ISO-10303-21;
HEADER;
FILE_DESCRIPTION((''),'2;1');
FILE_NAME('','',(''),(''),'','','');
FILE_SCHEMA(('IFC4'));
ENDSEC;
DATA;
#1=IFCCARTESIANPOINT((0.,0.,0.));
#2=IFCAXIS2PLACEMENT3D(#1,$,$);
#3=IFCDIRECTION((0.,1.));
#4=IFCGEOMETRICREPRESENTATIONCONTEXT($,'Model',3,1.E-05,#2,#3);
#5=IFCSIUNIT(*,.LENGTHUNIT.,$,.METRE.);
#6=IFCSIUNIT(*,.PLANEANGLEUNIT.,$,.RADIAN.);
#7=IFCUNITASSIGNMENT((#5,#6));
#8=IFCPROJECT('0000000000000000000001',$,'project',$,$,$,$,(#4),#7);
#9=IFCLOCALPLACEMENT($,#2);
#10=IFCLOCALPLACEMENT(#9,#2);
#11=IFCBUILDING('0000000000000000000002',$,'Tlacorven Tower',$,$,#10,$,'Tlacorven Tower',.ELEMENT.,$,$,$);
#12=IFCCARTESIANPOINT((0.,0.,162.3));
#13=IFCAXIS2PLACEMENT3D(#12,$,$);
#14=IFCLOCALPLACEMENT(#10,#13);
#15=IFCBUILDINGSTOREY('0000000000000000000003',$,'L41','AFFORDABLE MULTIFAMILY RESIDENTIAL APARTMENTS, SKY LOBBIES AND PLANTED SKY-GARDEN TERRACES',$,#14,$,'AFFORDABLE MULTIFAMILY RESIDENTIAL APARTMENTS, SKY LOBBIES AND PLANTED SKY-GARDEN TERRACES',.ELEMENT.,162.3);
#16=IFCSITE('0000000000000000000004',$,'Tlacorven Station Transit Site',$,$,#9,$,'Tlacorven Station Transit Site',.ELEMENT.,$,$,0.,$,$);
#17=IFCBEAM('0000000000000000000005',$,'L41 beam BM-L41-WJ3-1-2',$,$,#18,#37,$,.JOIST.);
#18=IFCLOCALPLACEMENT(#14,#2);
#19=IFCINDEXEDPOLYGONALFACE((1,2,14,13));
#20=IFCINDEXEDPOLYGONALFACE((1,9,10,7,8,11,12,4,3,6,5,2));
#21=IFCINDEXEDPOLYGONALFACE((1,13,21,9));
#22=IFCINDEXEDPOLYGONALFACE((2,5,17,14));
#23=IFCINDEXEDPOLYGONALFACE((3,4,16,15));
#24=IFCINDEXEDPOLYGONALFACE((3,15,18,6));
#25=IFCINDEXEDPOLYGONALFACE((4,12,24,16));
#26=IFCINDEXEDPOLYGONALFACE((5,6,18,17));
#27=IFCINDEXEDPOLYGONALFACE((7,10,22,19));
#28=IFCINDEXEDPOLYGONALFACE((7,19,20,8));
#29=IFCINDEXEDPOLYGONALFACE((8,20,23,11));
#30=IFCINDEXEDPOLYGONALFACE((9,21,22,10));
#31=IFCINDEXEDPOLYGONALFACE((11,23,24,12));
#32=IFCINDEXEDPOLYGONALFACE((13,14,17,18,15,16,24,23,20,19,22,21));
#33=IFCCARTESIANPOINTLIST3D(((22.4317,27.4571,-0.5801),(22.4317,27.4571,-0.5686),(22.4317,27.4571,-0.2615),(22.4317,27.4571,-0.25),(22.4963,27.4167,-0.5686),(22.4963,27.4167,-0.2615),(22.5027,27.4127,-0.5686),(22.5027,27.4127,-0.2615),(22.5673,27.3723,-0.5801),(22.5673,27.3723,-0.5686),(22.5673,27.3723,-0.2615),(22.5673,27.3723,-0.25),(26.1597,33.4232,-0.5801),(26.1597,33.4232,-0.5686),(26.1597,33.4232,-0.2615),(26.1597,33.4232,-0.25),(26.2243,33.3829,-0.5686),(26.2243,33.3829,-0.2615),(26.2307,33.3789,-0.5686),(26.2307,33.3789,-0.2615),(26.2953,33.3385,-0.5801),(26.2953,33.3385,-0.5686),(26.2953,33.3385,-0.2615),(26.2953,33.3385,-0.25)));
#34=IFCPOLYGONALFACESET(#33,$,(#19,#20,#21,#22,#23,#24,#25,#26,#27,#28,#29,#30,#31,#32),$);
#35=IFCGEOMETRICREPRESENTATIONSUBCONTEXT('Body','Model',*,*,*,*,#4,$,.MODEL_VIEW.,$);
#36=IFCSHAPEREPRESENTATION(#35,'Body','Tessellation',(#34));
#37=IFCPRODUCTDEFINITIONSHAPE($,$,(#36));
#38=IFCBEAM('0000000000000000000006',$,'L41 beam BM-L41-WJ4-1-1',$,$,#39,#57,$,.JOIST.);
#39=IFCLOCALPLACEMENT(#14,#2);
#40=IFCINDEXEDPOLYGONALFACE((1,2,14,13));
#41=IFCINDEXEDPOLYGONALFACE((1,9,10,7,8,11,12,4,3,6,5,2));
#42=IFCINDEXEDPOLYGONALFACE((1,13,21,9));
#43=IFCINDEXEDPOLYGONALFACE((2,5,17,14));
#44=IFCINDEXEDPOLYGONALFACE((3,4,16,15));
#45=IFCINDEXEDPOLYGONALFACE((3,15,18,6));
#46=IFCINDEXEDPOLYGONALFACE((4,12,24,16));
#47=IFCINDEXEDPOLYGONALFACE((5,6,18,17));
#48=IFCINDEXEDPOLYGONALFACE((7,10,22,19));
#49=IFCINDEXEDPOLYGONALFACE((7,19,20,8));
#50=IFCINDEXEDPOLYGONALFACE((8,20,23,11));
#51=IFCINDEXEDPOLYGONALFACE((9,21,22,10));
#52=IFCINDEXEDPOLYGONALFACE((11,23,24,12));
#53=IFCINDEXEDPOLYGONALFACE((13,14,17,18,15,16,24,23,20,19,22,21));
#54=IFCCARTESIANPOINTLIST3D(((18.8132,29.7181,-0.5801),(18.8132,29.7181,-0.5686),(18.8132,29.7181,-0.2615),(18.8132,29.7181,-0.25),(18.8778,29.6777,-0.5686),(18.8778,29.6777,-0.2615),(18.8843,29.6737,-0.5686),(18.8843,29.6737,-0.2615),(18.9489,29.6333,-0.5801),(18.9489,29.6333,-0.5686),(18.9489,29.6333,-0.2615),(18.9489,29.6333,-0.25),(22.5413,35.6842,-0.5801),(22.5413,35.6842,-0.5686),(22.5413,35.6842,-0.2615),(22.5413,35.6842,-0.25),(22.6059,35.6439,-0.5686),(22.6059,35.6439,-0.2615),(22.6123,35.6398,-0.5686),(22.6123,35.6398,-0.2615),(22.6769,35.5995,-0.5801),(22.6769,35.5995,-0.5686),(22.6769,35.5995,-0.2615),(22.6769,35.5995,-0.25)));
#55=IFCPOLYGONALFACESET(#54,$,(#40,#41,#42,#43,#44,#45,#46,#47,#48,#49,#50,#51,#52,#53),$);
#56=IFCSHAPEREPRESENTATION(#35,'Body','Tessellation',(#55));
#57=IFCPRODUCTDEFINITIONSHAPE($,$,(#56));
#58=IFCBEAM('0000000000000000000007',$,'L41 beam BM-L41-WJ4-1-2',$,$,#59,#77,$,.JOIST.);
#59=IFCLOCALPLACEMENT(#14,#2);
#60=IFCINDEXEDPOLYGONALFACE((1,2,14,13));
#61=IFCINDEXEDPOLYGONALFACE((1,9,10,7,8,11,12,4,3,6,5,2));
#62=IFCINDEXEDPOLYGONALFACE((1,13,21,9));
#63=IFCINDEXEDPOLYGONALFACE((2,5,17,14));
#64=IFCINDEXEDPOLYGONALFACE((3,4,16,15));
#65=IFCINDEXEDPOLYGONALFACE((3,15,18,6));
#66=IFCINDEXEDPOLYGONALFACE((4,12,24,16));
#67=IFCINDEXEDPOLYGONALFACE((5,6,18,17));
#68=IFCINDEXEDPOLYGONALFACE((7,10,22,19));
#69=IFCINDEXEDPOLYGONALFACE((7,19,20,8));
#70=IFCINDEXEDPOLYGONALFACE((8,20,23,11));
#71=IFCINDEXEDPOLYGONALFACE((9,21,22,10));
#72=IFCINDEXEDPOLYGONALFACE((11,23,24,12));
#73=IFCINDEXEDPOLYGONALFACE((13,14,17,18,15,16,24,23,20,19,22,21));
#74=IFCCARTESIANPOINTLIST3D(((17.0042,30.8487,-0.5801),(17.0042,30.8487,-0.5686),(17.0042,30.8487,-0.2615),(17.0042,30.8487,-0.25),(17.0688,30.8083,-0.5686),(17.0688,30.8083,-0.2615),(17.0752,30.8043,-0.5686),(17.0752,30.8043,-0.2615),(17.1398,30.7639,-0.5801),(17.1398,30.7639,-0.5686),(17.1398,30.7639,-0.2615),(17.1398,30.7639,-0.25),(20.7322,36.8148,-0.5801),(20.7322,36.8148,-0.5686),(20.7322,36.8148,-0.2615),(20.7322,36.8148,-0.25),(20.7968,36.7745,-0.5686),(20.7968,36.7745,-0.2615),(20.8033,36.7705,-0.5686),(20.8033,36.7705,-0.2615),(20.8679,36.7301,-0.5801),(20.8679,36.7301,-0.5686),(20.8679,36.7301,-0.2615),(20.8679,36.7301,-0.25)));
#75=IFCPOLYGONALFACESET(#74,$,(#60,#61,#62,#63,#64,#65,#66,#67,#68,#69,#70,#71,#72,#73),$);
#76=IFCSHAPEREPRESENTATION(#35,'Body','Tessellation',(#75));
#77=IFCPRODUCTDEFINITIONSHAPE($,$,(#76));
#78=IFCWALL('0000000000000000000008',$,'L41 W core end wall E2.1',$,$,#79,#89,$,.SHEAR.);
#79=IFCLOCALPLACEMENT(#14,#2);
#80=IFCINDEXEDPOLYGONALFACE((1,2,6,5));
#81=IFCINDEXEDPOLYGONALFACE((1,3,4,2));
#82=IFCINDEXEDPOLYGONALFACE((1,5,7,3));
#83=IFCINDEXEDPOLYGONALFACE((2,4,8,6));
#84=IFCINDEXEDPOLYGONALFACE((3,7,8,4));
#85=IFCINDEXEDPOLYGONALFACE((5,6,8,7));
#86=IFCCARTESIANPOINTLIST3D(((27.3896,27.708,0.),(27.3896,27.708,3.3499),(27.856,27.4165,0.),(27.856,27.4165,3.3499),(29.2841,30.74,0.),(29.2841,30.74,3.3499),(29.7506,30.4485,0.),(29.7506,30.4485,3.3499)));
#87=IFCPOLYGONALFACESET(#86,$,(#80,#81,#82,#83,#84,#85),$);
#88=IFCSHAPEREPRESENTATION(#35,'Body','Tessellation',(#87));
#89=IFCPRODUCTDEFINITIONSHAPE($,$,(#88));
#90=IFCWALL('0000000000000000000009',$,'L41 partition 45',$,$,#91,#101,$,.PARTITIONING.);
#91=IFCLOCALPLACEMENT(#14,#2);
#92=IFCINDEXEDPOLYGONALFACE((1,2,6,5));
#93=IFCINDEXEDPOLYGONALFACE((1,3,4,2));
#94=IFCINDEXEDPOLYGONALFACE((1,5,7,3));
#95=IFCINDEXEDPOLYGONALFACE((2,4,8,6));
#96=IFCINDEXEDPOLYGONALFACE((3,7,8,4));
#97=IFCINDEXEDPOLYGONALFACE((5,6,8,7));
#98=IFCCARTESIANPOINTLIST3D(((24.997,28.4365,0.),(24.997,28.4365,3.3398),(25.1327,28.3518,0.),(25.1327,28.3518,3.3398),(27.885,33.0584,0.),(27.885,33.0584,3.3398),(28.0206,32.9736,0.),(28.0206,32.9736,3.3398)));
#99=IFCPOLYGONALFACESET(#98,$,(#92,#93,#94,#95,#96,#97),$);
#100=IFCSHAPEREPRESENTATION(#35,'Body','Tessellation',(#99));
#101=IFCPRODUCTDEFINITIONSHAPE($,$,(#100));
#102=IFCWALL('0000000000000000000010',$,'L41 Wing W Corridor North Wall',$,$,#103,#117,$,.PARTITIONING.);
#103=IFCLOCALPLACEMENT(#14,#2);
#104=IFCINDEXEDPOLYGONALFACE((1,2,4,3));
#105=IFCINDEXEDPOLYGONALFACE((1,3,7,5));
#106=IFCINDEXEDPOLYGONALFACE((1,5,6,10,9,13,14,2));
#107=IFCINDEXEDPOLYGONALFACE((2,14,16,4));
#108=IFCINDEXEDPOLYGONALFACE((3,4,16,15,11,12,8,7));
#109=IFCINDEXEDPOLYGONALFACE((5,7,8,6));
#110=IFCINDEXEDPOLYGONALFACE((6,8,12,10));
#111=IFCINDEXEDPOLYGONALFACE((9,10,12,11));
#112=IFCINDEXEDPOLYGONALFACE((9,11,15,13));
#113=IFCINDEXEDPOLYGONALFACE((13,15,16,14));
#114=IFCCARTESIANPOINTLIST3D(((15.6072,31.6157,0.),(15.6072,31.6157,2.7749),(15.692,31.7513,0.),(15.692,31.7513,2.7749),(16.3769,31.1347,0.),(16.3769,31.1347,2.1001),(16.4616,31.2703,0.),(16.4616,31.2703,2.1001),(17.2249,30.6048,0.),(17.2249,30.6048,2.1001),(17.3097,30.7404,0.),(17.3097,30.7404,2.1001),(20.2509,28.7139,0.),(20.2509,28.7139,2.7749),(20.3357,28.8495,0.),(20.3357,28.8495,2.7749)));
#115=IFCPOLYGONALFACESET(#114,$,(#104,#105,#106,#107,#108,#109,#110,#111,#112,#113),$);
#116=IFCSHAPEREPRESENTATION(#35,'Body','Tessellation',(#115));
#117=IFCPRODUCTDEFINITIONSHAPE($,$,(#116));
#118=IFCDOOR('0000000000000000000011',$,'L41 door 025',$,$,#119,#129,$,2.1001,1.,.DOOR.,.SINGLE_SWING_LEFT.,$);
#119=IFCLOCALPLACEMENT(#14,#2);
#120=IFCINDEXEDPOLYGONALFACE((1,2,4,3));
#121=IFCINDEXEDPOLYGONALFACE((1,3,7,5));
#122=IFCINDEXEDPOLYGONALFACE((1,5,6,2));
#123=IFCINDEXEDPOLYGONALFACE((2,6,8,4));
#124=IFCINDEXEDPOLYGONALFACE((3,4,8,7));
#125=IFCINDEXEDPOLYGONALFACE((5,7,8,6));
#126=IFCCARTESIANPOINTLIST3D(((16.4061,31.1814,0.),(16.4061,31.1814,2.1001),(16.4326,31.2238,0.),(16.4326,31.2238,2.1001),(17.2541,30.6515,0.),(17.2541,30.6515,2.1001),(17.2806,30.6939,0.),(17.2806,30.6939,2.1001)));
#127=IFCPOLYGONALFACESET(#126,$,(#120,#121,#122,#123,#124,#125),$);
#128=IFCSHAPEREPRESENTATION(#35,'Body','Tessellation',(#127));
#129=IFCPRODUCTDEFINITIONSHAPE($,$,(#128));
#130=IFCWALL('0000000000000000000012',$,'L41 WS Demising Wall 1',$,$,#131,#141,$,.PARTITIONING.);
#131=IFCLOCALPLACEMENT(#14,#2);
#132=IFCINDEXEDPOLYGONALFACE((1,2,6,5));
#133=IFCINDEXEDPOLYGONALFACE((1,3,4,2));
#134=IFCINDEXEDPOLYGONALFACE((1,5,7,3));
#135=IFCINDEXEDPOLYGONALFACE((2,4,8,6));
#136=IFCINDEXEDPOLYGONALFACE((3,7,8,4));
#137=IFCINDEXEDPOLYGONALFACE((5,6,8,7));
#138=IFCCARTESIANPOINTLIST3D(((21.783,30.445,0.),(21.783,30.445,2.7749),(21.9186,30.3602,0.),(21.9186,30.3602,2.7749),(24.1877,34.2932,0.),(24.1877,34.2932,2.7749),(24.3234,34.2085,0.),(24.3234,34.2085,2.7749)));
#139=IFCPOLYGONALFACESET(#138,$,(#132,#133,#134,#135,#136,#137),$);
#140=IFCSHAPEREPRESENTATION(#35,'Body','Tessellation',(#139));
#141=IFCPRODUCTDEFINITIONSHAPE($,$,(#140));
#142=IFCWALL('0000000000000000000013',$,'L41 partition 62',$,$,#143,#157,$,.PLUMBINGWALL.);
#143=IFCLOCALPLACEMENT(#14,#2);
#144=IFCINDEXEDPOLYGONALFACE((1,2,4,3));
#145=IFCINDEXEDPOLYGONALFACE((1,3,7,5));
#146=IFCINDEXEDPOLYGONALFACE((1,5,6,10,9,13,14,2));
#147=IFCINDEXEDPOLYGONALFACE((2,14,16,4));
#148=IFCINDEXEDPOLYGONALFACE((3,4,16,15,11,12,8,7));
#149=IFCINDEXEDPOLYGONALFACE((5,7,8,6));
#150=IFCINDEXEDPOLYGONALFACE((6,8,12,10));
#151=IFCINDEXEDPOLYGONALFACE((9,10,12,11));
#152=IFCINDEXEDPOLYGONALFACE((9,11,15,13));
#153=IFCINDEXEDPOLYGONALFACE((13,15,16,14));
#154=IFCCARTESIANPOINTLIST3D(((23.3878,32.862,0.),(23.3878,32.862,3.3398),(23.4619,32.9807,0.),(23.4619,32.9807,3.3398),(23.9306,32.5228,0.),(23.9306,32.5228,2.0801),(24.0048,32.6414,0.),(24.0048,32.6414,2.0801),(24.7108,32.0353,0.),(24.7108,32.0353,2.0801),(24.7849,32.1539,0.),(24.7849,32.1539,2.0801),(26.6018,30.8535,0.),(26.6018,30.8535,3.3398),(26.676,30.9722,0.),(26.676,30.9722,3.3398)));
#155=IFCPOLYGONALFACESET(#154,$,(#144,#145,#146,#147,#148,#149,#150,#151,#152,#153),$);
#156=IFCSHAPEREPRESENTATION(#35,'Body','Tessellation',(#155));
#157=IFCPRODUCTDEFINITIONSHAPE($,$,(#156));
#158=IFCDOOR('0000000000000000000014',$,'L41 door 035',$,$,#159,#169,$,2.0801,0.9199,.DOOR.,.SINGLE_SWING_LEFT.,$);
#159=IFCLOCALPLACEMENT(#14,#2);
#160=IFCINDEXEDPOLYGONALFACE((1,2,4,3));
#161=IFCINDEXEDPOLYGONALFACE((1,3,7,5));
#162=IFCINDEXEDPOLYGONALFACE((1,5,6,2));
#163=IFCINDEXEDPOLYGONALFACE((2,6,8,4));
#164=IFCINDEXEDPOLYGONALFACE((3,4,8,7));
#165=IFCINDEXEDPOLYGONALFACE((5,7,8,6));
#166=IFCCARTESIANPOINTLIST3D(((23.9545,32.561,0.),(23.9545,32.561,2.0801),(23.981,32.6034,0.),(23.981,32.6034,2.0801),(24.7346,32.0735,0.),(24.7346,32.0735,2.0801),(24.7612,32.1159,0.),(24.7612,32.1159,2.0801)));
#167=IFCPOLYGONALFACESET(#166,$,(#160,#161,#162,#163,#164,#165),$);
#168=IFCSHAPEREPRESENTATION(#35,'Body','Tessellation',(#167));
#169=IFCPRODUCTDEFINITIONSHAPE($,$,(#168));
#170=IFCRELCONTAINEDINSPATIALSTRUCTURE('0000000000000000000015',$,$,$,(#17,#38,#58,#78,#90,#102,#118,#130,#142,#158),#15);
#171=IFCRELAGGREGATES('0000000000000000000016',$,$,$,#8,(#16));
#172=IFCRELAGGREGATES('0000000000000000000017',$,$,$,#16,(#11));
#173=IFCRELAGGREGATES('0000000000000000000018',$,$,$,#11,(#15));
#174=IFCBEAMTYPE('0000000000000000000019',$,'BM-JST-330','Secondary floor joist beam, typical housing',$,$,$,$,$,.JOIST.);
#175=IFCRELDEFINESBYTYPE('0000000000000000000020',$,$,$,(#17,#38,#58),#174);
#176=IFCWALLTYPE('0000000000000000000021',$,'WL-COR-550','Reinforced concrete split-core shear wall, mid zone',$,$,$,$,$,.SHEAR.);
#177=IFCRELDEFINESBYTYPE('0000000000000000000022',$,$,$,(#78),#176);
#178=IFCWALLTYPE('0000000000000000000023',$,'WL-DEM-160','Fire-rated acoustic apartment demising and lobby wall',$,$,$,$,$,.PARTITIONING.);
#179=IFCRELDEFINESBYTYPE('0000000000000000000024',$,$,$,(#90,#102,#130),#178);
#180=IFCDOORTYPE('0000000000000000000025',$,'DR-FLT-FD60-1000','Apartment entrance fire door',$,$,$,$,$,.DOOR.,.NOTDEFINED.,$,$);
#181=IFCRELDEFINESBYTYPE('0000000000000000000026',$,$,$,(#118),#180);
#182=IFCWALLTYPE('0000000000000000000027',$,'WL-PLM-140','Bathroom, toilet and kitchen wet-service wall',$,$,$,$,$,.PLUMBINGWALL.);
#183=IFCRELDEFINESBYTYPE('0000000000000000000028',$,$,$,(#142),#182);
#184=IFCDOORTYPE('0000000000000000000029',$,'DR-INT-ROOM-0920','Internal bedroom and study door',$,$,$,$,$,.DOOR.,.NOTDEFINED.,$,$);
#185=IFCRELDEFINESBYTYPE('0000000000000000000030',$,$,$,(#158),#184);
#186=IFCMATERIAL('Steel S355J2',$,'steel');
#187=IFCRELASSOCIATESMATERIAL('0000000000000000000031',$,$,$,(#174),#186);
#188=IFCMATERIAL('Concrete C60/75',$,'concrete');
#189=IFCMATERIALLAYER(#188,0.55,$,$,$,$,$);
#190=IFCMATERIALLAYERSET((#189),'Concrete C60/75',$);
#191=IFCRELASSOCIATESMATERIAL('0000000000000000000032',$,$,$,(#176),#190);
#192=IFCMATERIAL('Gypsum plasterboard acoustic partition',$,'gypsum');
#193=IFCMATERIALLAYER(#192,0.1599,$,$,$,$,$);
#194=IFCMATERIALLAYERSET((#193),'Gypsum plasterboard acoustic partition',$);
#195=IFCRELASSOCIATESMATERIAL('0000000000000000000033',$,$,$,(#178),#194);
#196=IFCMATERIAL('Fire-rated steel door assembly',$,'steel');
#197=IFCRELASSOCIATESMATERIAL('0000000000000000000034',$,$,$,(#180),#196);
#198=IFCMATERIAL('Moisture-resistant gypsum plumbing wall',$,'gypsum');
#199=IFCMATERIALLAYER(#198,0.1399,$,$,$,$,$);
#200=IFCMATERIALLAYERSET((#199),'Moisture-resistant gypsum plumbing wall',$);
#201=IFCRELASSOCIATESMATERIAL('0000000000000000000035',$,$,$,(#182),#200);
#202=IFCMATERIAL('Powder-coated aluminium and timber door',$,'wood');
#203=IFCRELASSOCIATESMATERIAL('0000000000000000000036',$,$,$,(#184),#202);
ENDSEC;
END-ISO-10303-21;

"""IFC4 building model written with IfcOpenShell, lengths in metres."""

from ifc_helpers import new_model, si_unit, direction, frame, frame_2d, origin, origin_2d, place, context, subcontext, project, spatial, rectangle, i_section, extrude, source, transform, mapped, material, layer, layer_set, material_profile, profile_set, type_object, element, fill, save


model = new_model("IFC4")

# Units and contexts
model_context = context("Model", 3, precision=1e-05, world=origin(), true_north=direction((0.0, 1.0)))
body_context = subcontext(model_context, "Body", "Model", "MODEL_VIEW")
ifc_project = project(units=[si_unit("LENGTHUNIT", "METRE"), si_unit("PLANEANGLEUNIT", "RADIAN")], contexts=[model_context])

# Site, building, storey
site_placement = place(None, origin())
site = spatial("IfcSite", under=ifc_project, at=site_placement, Name="Tlacorven Station Transit Site", LongName="Tlacorven Station Transit Site", CompositionType="ELEMENT", RefElevation=0.0)
building_placement = place(site_placement, origin())
building = spatial("IfcBuilding", under=site, at=building_placement, Name="Tlacorven Tower", LongName="Tlacorven Tower", CompositionType="ELEMENT")
storey_placement = place(building_placement, frame((0.0, 0.0, 162.3)))
storey = spatial("IfcBuildingStorey", under=building, at=storey_placement, Name="L41", Description="AFFORDABLE MULTIFAMILY RESIDENTIAL APARTMENTS, SKY LOBBIES AND PLANTED SKY-GARDEN TERRACES", LongName="AFFORDABLE MULTIFAMILY RESIDENTIAL APARTMENTS, SKY LOBBIES AND PLANTED SKY-GARDEN TERRACES", CompositionType="ELEMENT", Elevation=162.3)

# Beams
ifc_material_1 = material(Name="Steel S355J2", Category="steel")
ifc_material_profile_1 = material_profile(ifc_material_1, i_section(OverallWidth=0.1599, OverallDepth=0.3301, WebThickness=0.0076, FlangeThickness=0.0115, at=origin_2d()), Name="IPE 330")
ifc_profile_set_1 = profile_set([ifc_material_profile_1], Name="Steel S355J2")
beam_type_1 = type_object("IfcBeamType", Name="BM-JST-330", Description="Secondary floor joist beam, typical housing", PredefinedType="JOIST", material=ifc_profile_set_1)
shared_shape_1 = source(origin(), body_context, "Body", "SweptSolid", [
    extrude(i_section(OverallWidth=0.1599, OverallDepth=0.3301, WebThickness=0.0076, FlangeThickness=0.0115, at=origin_2d()), origin(), (0.0, 0.0, 1.0), 7.0352),
])
for number, where, z_axis, x_axis, name in (
    (1, (26.2275, 33.3809, -0.415), (-0.529921, -0.848047, 0.0), (0.848047, -0.529921, 0.0), "L41 beam BM-L41-WJ3-1-2"),
    (2, (22.6091, 35.6418, -0.415), (-0.529921, -0.848047, 0.0), (0.848047, -0.529921, 0.0), "L41 beam BM-L41-WJ4-1-1"),
    (3, (20.8, 36.7725, -0.415), (-0.529921, -0.848047, 0.0), (0.848047, -0.529921, 0.0), "L41 beam BM-L41-WJ4-1-2"),
):
    element("IfcBeam", number, at=place(storey_placement, frame(where, z_axis=z_axis, x_axis=x_axis)), inside=storey, type_object=beam_type_1, Name=name, PredefinedType="JOIST", context=body_context, shape_type="MappedRepresentation", body=[
        mapped(shared_shape_1, transform((0.0, 0.0, 0.0), scale=1.0)),
    ])

# Walls
ifc_material_2 = material(Name="Concrete C60/75", Category="concrete")
ifc_layer_1 = layer(ifc_material_2, 0.55)
ifc_layer_set_1 = layer_set([ifc_layer_1], Name="Concrete C60/75")
wall_type_1 = type_object("IfcWallType", Name="WL-COR-550", Description="Reinforced concrete split-core shear wall, mid zone", PredefinedType="SHEAR", material=ifc_layer_set_1)
wall_1_placement = place(storey_placement, frame((29.5173, 30.5942, 0.0), z_axis=(0.0, 0.0, 1.0), x_axis=(-0.529907, -0.848056, 0.0)))
element("IfcWall", 4, at=wall_1_placement, inside=storey, type_object=wall_type_1, Name="L41 W core end wall E2.1", PredefinedType="SHEAR", context=body_context, shape_type="SweptSolid", body=[
    extrude(rectangle(XDim=3.5752, YDim=0.55, at=frame_2d((1.7876, 0.0))), origin(), (0.0, 0.0, 1.0), 3.3499),
])
ifc_material_3 = material(Name="Gypsum plasterboard acoustic partition", Category="gypsum")
ifc_layer_2 = layer(ifc_material_3, 0.1599)
ifc_layer_set_2 = layer_set([ifc_layer_2], Name="Gypsum plasterboard acoustic partition")
wall_type_2 = type_object("IfcWallType", Name="WL-DEM-160", Description="Fire-rated acoustic apartment demising and lobby wall", PredefinedType="PARTITIONING", material=ifc_layer_set_2)
wall_2_placement = place(storey_placement, frame((27.9529, 33.0161, 0.0), z_axis=(0.0, 0.0, 1.0), x_axis=(-0.529906, -0.848056, 0.0)))
element("IfcWall", 5, at=wall_2_placement, inside=storey, type_object=wall_type_2, Name="L41 partition 45", PredefinedType="PARTITIONING", context=body_context, shape_type="SweptSolid", body=[
    extrude(rectangle(XDim=5.45, YDim=0.1599, at=frame_2d((2.7251, 0.0))), origin(), (0.0, 0.0, 1.0), 3.3398),
])

# Wall, opening, door
wall_3_placement = place(storey_placement, frame((20.2932, 28.7817, 0.0), z_axis=(0.0, 0.0, 1.0), x_axis=(-0.848041, 0.529931, 0.0)))
wall_3 = element("IfcWall", 6, at=wall_3_placement, inside=storey, type_object=wall_type_2, Name="L41 Wing W Corridor North Wall", PredefinedType="PARTITIONING", context=body_context, shape_type="SweptSolid", body=[
    extrude(rectangle(XDim=5.4758, YDim=0.1599, at=frame_2d((2.7378, 0.0))), origin(), (0.0, 0.0, 1.0), 2.7749),
])
opening_1_placement = place(wall_3_placement, frame((3.5681, 0.0, 0.0)))
opening_1 = element("IfcOpeningElement", 7, at=opening_1_placement, cuts=wall_3, PredefinedType="OPENING", context=body_context, shape_type="SweptSolid", body=[
    extrude(rectangle(XDim=1.0, YDim=2.1001, at=frame_2d((0.5, 1.05))), frame((0.0, 0.0898, 0.0), z_axis=(0.0, -1.0, 0.0), x_axis=(1.0, 0.0, 0.0)), (0.0, 0.0, 1.0), 0.1799),
])
ifc_material_4 = material(Name="Fire-rated steel door assembly", Category="steel")
door_type_1 = type_object("IfcDoorType", Name="DR-FLT-FD60-1000", Description="Apartment entrance fire door", OperationType="NOTDEFINED", PredefinedType="DOOR", material=ifc_material_4)
shared_shape_2 = source(origin(), body_context, "Body", "SweptSolid", [
    extrude(rectangle(XDim=1.0, YDim=2.1001, at=frame_2d((0.5, 1.05))), frame((0.0, 0.0249, 0.0), z_axis=(0.0, -1.0, 0.0), x_axis=(1.0, 0.0, 0.0)), (0.0, 0.0, 1.0), 0.05),
])
door_1_placement = place(opening_1_placement, origin())
door_1 = element("IfcDoor", 8, at=door_1_placement, inside=storey, type_object=door_type_1, Name="L41 door 025", OperationType="SINGLE_SWING_LEFT", OverallHeight=2.1001, OverallWidth=1.0, PredefinedType="DOOR", context=body_context, shape_type="MappedRepresentation", body=[
    mapped(shared_shape_2, transform((0.0, 0.0, 0.0), scale=1.0)),
])
fill(opening_1, door_1)

# Wall
wall_4_placement = place(storey_placement, frame((24.2556, 34.251, 0.0), z_axis=(0.0, 0.0, 1.0), x_axis=(-0.529926, -0.848044, 0.0)))
element("IfcWall", 9, at=wall_4_placement, inside=storey, type_object=wall_type_2, Name="L41 WS Demising Wall 1", PredefinedType="PARTITIONING", context=body_context, shape_type="SweptSolid", body=[
    extrude(rectangle(XDim=4.5378, YDim=0.1599, at=frame_2d((2.269, 0.0))), origin(), (0.0, 0.0, 1.0), 2.7749),
])

# Wall, opening, door
ifc_material_5 = material(Name="Moisture-resistant gypsum plumbing wall", Category="gypsum")
ifc_layer_3 = layer(ifc_material_5, 0.1399)
ifc_layer_set_3 = layer_set([ifc_layer_3], Name="Moisture-resistant gypsum plumbing wall")
wall_type_3 = type_object("IfcWallType", Name="WL-PLM-140", Description="Bathroom, toilet and kitchen wet-service wall", PredefinedType="PLUMBINGWALL", material=ifc_layer_set_3)
wall_5_placement = place(storey_placement, frame((26.6389, 30.9128, 0.0), z_axis=(0.0, 0.0, 1.0), x_axis=(-0.848031, 0.529947, 0.0)))
wall_5 = element("IfcWall", 10, at=wall_5_placement, inside=storey, type_object=wall_type_3, Name="L41 partition 62", PredefinedType="PLUMBINGWALL", context=body_context, shape_type="SweptSolid", body=[
    extrude(rectangle(XDim=3.79, YDim=0.1399, at=frame_2d((1.895, 0.0))), origin(), (0.0, 0.0, 1.0), 3.3398),
])
opening_2_placement = place(wall_5_placement, frame((2.23, 0.0, 0.0)))
opening_2 = element("IfcOpeningElement", 11, at=opening_2_placement, cuts=wall_5, PredefinedType="OPENING", context=body_context, shape_type="SweptSolid", body=[
    extrude(rectangle(XDim=0.9199, YDim=2.0801, at=frame_2d((0.46, 1.04))), frame((0.0, 0.0801, 0.0), z_axis=(0.0, -1.0, 0.0), x_axis=(1.0, 0.0, 0.0)), (0.0, 0.0, 1.0), 0.1599),
])
ifc_material_6 = material(Name="Powder-coated aluminium and timber door", Category="wood")
door_type_2 = type_object("IfcDoorType", Name="DR-INT-ROOM-0920", Description="Internal bedroom and study door", OperationType="NOTDEFINED", PredefinedType="DOOR", material=ifc_material_6)
shared_shape_3 = source(origin(), body_context, "Body", "SweptSolid", [
    extrude(rectangle(XDim=0.9199, YDim=2.0801, at=frame_2d((0.46, 1.04))), frame((0.0, 0.0249, 0.0), z_axis=(0.0, -1.0, 0.0), x_axis=(1.0, 0.0, 0.0)), (0.0, 0.0, 1.0), 0.05),
])
door_2_placement = place(opening_2_placement, origin())
door_2 = element("IfcDoor", 12, at=door_2_placement, inside=storey, type_object=door_type_2, Name="L41 door 035", OperationType="SINGLE_SWING_LEFT", OverallHeight=2.0801, OverallWidth=0.9199, PredefinedType="DOOR", context=body_context, shape_type="MappedRepresentation", body=[
    mapped(shared_shape_3, transform((0.0, 0.0, 0.0), scale=1.0)),
])
fill(opening_2, door_2)

save(model, "model.ifc")
